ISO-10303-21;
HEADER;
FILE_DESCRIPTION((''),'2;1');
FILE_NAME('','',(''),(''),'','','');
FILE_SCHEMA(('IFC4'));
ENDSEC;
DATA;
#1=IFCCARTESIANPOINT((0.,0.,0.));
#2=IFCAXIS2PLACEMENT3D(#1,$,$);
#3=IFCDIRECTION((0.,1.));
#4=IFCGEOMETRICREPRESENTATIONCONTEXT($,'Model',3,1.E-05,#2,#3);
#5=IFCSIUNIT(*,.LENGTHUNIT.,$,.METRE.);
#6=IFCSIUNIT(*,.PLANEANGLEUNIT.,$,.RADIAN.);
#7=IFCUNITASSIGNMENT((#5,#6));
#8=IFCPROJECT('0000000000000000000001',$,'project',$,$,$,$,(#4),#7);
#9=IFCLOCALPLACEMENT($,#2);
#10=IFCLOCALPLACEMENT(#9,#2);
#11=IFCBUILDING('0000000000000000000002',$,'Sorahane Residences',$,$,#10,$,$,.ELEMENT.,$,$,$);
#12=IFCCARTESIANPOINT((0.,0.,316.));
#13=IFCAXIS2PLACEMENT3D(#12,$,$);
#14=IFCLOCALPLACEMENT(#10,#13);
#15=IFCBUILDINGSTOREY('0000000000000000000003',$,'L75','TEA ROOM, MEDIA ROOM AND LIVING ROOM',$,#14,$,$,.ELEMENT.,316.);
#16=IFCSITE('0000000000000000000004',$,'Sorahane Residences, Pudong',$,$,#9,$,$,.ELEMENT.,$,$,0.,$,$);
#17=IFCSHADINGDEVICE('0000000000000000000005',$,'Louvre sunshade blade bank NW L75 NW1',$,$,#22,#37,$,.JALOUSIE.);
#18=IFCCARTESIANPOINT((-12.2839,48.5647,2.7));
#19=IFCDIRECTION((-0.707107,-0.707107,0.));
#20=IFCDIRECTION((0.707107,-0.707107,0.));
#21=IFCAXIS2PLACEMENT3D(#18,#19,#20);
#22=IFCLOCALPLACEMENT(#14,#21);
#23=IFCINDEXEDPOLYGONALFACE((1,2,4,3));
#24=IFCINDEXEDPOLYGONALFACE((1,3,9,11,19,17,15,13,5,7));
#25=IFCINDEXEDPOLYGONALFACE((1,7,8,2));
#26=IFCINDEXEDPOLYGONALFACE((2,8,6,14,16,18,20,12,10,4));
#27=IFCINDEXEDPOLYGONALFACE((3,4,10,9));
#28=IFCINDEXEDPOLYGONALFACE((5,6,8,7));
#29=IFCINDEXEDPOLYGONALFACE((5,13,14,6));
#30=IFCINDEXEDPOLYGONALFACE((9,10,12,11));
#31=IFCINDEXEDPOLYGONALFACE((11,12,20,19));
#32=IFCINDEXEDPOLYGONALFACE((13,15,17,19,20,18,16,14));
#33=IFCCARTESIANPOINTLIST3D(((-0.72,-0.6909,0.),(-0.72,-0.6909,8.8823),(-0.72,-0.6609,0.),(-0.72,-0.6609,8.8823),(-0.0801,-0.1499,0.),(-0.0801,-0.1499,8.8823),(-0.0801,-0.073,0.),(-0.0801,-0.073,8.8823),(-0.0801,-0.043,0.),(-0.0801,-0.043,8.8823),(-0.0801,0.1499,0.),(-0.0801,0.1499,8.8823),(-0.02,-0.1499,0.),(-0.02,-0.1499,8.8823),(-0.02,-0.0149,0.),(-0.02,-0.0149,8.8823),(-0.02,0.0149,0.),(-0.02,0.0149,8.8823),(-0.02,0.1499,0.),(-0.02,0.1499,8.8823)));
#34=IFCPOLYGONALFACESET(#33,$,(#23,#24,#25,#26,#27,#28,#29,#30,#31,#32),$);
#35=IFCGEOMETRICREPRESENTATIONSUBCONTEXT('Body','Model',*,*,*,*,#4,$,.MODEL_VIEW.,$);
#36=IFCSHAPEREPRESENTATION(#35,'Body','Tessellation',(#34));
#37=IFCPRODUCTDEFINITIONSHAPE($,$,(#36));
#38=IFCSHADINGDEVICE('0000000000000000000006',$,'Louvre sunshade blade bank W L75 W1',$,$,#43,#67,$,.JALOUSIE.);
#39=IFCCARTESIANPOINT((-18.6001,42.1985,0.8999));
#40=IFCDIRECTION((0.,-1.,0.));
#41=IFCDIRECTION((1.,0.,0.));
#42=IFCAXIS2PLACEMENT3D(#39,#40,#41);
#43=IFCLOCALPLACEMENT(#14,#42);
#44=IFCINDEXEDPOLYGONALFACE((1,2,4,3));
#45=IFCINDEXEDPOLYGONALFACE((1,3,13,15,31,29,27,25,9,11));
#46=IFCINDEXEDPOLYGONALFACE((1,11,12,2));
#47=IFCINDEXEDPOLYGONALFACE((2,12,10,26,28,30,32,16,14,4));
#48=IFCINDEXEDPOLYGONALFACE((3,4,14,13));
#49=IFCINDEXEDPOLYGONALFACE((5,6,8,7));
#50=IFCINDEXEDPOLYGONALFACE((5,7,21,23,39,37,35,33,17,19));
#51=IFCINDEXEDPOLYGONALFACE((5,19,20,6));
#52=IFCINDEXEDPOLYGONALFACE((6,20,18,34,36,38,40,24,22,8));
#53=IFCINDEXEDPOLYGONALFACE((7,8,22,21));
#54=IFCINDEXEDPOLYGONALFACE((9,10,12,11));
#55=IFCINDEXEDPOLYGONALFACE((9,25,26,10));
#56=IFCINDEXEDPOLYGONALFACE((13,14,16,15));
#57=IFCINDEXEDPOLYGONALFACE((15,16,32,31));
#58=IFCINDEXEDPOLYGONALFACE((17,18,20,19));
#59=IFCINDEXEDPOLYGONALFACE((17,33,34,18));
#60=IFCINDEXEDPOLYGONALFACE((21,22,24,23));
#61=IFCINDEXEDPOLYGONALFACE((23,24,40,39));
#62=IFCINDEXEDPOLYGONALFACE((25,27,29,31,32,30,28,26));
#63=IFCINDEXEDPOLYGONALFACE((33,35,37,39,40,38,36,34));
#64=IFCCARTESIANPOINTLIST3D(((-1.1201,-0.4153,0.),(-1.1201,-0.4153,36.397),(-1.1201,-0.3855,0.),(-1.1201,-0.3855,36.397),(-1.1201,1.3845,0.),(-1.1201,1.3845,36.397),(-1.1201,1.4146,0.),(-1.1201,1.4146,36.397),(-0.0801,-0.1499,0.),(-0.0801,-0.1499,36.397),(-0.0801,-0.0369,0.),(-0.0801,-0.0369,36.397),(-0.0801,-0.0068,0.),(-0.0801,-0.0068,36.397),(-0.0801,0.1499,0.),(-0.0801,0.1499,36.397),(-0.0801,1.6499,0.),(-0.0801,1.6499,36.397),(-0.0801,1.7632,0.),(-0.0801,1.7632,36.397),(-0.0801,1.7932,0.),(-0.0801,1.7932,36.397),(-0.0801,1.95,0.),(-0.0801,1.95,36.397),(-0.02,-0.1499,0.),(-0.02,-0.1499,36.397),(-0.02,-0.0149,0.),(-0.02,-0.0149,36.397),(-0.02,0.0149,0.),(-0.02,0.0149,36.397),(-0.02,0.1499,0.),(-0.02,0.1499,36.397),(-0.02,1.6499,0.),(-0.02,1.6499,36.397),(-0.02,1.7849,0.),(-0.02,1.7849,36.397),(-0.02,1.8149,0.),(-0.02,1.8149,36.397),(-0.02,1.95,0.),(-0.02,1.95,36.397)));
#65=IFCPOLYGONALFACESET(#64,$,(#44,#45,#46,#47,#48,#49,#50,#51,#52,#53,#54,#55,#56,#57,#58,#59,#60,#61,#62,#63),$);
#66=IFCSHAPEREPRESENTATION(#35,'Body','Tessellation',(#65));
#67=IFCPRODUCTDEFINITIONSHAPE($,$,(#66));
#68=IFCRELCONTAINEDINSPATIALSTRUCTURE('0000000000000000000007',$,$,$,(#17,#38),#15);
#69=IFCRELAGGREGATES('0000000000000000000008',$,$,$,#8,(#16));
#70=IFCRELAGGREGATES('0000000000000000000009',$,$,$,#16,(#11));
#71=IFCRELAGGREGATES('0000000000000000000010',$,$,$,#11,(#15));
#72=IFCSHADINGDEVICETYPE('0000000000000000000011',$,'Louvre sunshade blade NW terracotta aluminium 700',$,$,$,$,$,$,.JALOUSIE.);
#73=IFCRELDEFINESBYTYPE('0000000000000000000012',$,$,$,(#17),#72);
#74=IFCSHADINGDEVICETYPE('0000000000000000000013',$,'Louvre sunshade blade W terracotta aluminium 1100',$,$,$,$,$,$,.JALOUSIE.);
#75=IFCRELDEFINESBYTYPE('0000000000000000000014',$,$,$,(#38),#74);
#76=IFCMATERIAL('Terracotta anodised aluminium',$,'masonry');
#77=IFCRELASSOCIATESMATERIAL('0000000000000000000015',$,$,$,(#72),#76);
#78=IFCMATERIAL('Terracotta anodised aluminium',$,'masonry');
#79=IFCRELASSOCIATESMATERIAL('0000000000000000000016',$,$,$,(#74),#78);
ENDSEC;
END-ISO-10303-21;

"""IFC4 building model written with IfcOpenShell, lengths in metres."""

from ifc_helpers import new_model, si_unit, direction, frame, origin, place, context, subcontext, project, spatial, polyline, outline, composite_profile, extrude, material, type_object, element, save


model = new_model("IFC4")

# Units and contexts
model_context = context("Model", 3, precision=1e-05, world=origin(), true_north=direction((0.0, 1.0)))
body_context = subcontext(model_context, "Body", "Model", "MODEL_VIEW")
ifc_project = project(units=[si_unit("LENGTHUNIT", "METRE"), si_unit("PLANEANGLEUNIT", "RADIAN")], contexts=[model_context])

# Site, building, storey
site_placement = place(None, origin())
site = spatial("IfcSite", under=ifc_project, at=site_placement, Name="Sorahane Residences, Pudong", CompositionType="ELEMENT", RefElevation=0.0)
building_placement = place(site_placement, origin())
building = spatial("IfcBuilding", under=site, at=building_placement, Name="Sorahane Residences", CompositionType="ELEMENT")
storey_placement = place(building_placement, frame((0.0, 0.0, 316.0)))
storey = spatial("IfcBuildingStorey", under=building, at=storey_placement, Name="L75", Description="TEA ROOM, MEDIA ROOM AND LIVING ROOM", CompositionType="ELEMENT", Elevation=316.0)

# Shading devices
ifc_material_1 = material(Name="Terracotta anodised aluminium", Category="masonry")
shading_device_type_1 = type_object("IfcShadingDeviceType", Name="Louvre sunshade blade NW terracotta aluminium 700", PredefinedType="JALOUSIE", material=ifc_material_1)
shading_device_1_placement = place(storey_placement, frame((-12.2839, 48.5647, 2.7), z_axis=(-0.707107, -0.707107, 0.0), x_axis=(0.707107, -0.707107, 0.0)))
element("IfcShadingDevice", 1, at=shading_device_1_placement, inside=storey, type_object=shading_device_type_1, Name="Louvre sunshade blade bank NW L75 NW1", PredefinedType="JALOUSIE", context=body_context, shape_type="SweptSolid", body=[
    extrude(outline(polyline([(-0.72, -0.6609), (-0.72, -0.6909), (-0.0801, -0.073), (-0.0801, -0.1499), (-0.02, -0.1499), (-0.02, -0.0149), (-0.02, 0.0149), (-0.02, 0.1499), (-0.0801, 0.1499), (-0.0801, -0.043), (-0.72, -0.6609)])), origin(), (0.0, 0.0, 1.0), 8.8823),
])
ifc_material_2 = material(Name="Terracotta anodised aluminium", Category="masonry")
shading_device_type_2 = type_object("IfcShadingDeviceType", Name="Louvre sunshade blade W terracotta aluminium 1100", PredefinedType="JALOUSIE", material=ifc_material_2)
shading_device_2_placement = place(storey_placement, frame((-18.6001, 42.1985, 0.8999), z_axis=(0.0, -1.0, 0.0), x_axis=(1.0, 0.0, 0.0)))
element("IfcShadingDevice", 2, at=shading_device_2_placement, inside=storey, type_object=shading_device_type_2, Name="Louvre sunshade blade bank W L75 W1", PredefinedType="JALOUSIE", context=body_context, shape_type="SweptSolid", body=[
    extrude(composite_profile([outline(polyline([(-1.1201, -0.3855), (-1.1201, -0.4153), (-0.0801, -0.0369), (-0.0801, -0.1499), (-0.02, -0.1499), (-0.02, -0.0149), (-0.02, 0.0149), (-0.02, 0.1499), (-0.0801, 0.1499), (-0.0801, -0.0068), (-1.1201, -0.3855)])), outline(polyline([(-1.1201, 1.4146), (-1.1201, 1.3845), (-0.0801, 1.7632), (-0.0801, 1.6499), (-0.02, 1.6499), (-0.02, 1.7849), (-0.02, 1.8149), (-0.02, 1.95), (-0.0801, 1.95), (-0.0801, 1.7932), (-1.1201, 1.4146)]))]), origin(), (0.0, 0.0, 1.0), 36.397),
])

save(model, "model.ifc")
